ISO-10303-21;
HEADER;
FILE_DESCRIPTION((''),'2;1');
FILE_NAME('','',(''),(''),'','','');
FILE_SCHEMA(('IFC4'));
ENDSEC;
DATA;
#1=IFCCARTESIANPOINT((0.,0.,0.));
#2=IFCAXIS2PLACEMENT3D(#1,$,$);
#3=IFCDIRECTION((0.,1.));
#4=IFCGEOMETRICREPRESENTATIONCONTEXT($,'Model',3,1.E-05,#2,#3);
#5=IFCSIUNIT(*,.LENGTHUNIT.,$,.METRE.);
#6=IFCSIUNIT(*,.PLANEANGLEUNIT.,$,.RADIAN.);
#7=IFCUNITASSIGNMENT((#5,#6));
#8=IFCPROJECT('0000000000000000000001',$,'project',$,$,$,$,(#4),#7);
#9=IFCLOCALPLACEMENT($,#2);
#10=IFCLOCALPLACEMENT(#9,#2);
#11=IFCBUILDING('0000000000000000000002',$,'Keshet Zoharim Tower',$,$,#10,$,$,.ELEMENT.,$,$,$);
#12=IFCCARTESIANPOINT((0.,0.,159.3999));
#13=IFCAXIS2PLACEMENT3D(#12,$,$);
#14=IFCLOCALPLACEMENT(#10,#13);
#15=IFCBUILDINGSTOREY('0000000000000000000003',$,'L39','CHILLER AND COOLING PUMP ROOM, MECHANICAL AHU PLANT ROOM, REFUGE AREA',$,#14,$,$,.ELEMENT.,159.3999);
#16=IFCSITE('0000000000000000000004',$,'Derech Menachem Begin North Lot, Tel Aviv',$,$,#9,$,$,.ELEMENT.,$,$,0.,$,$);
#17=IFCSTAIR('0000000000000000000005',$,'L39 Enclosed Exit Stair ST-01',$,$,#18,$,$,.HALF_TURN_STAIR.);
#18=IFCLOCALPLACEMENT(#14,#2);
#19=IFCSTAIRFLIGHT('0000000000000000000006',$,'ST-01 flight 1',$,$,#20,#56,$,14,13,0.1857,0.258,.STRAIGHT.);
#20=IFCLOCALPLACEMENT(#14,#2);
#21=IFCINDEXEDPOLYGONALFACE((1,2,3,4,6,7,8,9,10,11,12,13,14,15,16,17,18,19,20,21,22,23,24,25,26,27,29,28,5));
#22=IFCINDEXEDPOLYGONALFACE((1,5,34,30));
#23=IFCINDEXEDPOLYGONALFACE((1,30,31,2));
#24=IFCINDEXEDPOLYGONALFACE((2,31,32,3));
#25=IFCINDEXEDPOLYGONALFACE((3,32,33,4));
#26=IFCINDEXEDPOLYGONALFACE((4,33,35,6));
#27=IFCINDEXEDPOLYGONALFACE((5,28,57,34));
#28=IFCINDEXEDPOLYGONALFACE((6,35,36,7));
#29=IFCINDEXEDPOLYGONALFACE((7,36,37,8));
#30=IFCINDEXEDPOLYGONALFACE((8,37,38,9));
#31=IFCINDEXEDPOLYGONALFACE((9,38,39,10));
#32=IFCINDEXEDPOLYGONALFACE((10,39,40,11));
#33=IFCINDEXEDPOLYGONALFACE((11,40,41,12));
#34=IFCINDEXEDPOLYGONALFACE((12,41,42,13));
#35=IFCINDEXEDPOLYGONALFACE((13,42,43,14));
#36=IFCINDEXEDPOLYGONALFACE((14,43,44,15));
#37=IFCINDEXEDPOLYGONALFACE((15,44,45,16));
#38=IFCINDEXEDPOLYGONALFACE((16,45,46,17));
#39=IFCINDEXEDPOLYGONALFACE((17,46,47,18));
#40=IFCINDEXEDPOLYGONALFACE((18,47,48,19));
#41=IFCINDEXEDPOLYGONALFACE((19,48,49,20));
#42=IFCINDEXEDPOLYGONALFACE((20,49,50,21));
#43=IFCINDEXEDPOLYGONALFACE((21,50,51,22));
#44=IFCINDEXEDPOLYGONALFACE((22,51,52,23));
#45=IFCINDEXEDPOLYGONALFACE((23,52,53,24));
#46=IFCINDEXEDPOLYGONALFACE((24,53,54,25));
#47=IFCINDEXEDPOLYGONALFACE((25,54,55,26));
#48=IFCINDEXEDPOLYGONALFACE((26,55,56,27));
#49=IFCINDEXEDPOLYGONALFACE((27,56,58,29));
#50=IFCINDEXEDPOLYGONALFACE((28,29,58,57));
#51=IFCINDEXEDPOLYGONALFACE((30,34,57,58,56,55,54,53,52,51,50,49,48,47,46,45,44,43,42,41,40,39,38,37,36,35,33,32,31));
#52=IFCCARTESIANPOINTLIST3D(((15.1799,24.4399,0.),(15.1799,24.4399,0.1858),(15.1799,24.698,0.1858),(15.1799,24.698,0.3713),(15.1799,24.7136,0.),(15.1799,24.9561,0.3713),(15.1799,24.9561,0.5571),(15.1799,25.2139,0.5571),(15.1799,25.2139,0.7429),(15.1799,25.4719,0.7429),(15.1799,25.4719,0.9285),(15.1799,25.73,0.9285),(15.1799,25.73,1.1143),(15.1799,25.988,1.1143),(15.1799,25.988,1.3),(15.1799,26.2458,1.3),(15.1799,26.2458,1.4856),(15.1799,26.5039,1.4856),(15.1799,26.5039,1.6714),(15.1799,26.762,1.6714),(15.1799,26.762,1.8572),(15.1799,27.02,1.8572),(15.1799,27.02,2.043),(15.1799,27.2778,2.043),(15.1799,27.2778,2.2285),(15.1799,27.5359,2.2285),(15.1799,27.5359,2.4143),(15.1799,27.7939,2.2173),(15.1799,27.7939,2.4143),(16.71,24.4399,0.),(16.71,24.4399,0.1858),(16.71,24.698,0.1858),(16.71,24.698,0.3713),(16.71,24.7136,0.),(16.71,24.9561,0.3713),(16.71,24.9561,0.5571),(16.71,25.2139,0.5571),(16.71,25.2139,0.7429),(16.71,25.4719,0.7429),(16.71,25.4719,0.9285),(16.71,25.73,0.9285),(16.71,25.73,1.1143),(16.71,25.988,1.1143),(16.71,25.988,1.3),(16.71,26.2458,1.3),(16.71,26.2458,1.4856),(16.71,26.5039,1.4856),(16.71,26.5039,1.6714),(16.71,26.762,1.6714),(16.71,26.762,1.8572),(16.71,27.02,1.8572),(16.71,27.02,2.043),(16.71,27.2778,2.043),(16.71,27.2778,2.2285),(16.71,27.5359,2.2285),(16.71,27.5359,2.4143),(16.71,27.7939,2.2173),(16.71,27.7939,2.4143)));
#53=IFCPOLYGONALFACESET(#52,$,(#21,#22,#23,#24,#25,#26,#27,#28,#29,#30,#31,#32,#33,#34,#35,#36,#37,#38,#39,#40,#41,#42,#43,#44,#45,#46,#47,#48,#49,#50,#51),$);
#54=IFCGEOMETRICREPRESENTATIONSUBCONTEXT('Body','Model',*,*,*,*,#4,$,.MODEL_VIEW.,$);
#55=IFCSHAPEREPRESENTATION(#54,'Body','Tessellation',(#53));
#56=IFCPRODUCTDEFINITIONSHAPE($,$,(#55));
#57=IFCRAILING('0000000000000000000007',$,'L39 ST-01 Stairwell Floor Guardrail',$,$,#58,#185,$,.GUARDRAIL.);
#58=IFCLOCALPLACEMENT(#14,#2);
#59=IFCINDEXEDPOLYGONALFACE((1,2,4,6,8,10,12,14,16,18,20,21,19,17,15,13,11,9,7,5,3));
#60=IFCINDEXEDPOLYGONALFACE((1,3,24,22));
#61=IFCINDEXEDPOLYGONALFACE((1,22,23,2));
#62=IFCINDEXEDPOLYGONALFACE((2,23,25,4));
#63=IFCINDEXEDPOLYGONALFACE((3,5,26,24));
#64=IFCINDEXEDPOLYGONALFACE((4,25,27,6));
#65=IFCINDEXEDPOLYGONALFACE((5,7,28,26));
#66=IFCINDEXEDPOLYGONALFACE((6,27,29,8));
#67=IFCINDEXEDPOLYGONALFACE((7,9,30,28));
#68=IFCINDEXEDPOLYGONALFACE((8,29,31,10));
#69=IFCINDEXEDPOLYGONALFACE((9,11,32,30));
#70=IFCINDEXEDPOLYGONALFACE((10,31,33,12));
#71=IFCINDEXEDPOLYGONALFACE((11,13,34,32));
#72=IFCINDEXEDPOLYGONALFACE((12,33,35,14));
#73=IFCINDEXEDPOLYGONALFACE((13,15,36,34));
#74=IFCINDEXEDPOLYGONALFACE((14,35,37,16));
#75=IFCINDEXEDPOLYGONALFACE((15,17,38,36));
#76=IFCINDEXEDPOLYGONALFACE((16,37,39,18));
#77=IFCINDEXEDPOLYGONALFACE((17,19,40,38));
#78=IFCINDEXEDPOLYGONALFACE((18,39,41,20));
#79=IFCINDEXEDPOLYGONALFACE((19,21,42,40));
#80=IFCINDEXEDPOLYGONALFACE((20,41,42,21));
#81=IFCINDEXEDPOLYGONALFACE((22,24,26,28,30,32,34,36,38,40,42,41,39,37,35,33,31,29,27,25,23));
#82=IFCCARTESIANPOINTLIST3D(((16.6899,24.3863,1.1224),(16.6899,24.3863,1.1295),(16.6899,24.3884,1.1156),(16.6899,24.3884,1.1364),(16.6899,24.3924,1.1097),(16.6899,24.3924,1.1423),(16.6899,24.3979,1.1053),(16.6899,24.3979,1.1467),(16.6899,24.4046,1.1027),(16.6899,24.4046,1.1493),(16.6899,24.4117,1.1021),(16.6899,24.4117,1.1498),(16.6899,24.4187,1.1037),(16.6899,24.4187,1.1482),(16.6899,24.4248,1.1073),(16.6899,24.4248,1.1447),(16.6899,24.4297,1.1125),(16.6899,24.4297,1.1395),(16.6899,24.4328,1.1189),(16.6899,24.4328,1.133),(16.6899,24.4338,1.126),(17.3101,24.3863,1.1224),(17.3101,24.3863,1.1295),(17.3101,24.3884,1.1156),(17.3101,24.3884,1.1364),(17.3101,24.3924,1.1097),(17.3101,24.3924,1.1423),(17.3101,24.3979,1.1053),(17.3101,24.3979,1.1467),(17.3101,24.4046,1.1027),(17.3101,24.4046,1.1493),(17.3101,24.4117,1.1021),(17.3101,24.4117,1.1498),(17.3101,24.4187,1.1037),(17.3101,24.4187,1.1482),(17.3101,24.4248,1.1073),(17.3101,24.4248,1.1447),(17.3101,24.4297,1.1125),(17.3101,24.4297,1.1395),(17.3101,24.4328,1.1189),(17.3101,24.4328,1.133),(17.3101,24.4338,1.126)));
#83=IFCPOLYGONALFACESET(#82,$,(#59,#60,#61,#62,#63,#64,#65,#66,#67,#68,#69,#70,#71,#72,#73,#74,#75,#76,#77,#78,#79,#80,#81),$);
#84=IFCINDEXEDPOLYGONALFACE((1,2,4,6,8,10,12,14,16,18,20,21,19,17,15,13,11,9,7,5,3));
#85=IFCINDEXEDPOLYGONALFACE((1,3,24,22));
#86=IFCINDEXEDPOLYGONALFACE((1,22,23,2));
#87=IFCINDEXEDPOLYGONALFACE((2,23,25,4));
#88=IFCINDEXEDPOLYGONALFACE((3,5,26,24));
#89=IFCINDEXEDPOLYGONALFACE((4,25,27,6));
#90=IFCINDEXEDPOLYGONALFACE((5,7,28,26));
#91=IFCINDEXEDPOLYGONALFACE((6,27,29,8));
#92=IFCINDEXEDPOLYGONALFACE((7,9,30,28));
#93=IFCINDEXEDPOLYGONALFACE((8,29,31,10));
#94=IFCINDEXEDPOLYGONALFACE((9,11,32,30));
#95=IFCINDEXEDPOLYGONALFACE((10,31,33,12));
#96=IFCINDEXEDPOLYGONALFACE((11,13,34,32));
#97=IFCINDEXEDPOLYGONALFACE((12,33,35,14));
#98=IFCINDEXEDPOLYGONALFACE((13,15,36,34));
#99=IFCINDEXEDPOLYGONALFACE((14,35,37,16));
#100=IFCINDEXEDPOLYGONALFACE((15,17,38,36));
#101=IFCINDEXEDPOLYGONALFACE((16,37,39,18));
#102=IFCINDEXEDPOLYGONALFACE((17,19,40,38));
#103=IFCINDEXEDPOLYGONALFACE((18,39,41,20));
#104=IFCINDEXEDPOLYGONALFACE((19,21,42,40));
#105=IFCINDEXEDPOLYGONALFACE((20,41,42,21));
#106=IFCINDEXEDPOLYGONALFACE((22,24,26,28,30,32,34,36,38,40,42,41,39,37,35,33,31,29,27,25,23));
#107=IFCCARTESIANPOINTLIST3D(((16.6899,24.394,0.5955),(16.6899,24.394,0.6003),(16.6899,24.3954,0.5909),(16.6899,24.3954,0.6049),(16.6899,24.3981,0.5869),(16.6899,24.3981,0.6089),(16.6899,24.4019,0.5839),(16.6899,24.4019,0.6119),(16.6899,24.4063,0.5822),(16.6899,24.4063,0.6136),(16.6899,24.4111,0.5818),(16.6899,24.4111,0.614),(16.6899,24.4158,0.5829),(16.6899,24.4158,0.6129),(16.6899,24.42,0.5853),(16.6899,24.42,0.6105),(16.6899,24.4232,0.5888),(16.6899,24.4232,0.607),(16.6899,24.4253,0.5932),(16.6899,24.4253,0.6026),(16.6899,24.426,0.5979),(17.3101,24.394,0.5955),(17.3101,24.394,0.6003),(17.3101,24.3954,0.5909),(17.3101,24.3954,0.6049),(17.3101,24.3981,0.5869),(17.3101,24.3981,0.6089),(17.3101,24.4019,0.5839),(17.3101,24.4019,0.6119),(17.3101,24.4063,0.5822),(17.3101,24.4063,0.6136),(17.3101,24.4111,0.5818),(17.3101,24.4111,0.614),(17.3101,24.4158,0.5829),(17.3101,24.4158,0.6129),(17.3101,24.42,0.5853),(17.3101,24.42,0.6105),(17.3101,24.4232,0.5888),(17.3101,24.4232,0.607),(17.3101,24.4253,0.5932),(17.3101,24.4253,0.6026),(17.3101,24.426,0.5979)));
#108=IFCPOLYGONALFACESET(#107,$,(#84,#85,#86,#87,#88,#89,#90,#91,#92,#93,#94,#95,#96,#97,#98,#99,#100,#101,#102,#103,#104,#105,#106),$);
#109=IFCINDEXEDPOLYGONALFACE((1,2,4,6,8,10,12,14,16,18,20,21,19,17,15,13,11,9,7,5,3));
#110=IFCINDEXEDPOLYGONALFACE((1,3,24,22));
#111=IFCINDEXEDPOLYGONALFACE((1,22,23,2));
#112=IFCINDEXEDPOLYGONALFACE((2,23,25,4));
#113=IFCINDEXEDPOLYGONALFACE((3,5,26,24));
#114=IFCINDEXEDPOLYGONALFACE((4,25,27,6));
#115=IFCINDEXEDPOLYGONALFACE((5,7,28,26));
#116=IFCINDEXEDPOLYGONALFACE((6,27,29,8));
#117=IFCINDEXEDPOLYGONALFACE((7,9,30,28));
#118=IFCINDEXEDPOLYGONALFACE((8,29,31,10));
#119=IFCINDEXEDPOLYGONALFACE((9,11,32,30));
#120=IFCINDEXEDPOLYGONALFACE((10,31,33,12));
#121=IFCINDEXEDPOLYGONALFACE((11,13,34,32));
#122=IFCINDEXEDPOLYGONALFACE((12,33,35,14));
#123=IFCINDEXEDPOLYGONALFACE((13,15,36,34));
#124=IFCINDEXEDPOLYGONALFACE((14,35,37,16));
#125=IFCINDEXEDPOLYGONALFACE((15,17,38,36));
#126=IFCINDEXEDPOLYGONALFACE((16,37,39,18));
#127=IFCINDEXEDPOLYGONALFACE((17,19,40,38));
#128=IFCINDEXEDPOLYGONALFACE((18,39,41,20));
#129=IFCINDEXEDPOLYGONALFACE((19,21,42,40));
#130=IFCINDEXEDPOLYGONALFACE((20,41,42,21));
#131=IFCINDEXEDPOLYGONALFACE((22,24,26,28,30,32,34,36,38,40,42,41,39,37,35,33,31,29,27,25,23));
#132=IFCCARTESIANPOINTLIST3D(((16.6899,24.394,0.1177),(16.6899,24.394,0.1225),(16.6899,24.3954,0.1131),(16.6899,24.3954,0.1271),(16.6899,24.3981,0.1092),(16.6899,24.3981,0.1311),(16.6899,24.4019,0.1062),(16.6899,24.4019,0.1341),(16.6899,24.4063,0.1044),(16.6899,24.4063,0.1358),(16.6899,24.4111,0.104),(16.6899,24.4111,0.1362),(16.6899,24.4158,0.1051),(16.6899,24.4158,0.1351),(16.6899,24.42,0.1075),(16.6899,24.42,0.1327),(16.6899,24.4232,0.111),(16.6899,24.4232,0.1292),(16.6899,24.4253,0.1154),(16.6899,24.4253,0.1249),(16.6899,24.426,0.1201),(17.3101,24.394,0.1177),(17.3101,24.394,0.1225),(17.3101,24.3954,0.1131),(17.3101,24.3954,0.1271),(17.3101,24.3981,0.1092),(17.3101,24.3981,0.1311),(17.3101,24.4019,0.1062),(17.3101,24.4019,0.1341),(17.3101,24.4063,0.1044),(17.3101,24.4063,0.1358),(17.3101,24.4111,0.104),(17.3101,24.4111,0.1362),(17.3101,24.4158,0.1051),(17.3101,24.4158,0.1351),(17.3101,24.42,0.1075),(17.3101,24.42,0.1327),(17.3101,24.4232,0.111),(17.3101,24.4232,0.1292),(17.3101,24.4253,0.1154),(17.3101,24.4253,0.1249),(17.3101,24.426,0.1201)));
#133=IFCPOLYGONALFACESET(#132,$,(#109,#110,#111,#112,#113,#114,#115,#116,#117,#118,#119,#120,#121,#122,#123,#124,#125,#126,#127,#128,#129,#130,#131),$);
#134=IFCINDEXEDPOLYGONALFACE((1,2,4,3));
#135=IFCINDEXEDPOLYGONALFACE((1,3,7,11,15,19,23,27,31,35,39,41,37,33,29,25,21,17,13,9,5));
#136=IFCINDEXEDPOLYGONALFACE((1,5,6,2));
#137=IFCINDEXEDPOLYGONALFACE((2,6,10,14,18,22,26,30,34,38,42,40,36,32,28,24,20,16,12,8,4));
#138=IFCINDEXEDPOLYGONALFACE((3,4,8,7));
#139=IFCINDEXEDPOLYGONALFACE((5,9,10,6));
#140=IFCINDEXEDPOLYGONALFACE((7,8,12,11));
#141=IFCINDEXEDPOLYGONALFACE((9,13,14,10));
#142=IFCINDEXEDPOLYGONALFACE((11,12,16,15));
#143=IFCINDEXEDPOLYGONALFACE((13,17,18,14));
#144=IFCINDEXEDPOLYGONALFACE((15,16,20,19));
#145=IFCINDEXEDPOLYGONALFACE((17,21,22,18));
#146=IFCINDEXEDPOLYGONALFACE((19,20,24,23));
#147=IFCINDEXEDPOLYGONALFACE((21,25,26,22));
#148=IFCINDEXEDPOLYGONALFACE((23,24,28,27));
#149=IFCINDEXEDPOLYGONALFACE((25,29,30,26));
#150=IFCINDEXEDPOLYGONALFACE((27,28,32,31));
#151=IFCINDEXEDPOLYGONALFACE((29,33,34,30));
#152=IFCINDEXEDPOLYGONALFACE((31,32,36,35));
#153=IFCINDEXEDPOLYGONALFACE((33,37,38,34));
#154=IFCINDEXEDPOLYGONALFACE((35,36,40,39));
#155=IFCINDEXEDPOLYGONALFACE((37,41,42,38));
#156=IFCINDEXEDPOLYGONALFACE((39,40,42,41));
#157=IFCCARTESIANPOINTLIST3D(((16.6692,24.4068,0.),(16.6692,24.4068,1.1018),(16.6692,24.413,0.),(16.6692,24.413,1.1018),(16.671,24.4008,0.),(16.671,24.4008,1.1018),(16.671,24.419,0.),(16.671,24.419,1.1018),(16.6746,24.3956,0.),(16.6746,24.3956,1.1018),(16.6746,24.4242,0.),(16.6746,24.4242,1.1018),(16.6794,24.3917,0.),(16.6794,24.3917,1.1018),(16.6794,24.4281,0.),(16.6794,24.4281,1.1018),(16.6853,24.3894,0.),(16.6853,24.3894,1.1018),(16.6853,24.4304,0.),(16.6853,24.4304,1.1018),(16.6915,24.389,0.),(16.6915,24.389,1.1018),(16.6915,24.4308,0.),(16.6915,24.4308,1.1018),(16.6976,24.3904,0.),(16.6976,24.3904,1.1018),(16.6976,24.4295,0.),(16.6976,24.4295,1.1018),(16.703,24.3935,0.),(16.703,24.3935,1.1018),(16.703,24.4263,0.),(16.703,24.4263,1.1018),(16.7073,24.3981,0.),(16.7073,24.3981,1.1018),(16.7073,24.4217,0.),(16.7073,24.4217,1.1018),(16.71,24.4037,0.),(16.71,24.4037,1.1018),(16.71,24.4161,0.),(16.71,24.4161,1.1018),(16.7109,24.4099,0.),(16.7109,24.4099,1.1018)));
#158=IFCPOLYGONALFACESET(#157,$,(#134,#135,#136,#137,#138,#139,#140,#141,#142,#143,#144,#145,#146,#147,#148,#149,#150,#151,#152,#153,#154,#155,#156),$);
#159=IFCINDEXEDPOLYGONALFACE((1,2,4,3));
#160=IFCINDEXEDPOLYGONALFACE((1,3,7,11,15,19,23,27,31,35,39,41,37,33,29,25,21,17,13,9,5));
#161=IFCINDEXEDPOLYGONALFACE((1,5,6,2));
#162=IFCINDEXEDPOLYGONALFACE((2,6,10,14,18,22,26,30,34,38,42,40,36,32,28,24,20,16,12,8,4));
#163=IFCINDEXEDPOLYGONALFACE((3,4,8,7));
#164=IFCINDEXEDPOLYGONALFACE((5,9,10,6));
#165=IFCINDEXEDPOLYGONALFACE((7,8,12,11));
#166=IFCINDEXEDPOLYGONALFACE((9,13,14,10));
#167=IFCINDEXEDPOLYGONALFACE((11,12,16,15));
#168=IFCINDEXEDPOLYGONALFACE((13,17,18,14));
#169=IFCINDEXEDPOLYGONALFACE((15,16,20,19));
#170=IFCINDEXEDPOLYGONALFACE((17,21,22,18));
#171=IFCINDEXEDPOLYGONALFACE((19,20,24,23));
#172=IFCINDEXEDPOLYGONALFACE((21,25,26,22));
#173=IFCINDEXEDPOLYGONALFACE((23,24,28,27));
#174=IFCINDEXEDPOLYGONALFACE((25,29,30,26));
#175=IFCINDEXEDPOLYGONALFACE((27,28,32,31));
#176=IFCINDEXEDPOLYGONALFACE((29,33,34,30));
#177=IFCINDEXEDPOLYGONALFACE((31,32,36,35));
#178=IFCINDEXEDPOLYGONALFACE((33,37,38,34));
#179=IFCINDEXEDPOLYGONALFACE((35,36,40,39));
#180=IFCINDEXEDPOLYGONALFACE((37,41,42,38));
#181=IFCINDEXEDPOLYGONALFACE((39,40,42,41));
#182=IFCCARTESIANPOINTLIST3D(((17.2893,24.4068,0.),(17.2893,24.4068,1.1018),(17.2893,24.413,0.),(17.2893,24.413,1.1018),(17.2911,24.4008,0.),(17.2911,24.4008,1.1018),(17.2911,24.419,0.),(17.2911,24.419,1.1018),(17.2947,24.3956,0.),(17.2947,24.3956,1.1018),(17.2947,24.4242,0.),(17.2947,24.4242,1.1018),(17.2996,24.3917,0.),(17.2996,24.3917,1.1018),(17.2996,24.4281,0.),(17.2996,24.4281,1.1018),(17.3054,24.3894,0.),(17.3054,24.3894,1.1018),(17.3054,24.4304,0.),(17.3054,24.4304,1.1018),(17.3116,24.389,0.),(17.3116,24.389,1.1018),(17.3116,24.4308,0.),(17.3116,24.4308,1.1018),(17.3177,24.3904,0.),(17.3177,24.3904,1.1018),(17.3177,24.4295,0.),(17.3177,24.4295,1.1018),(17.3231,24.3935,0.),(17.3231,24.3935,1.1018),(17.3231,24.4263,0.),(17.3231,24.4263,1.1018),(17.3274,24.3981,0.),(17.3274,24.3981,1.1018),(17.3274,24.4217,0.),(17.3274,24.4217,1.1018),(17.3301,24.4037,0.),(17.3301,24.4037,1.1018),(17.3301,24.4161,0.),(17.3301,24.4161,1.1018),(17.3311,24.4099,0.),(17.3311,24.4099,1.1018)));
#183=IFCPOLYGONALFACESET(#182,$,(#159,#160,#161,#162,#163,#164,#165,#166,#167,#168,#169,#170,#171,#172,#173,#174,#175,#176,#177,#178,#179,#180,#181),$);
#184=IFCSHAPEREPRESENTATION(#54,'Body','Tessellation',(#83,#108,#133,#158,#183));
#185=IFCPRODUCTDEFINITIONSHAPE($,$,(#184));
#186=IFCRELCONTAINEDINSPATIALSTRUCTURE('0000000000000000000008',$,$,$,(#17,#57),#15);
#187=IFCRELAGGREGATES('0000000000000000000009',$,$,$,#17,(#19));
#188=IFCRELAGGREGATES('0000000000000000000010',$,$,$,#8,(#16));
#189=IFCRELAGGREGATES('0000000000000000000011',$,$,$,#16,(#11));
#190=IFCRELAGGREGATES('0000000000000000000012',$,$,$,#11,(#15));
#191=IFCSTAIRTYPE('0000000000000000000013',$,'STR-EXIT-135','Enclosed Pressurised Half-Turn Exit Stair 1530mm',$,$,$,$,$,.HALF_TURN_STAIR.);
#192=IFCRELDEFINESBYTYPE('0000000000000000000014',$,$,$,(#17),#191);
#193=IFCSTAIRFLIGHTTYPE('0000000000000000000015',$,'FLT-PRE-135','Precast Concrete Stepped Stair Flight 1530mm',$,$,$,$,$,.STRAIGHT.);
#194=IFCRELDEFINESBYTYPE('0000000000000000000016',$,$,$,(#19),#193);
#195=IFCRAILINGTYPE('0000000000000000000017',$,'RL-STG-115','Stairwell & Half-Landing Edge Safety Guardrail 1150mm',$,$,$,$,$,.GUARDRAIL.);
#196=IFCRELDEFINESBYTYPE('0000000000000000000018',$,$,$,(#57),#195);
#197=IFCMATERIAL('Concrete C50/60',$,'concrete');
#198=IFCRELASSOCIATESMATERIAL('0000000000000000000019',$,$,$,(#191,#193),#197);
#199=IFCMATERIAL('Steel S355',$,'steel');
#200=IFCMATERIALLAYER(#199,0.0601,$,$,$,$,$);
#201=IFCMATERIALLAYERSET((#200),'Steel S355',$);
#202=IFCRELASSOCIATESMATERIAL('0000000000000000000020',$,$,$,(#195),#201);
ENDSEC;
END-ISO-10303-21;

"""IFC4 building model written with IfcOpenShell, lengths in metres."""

from ifc_helpers import new_model, si_unit, direction, frame, origin, origin_2d, place, context, subcontext, project, spatial, polyline, circle, outline, extrude, material, layer, layer_set, type_object, element, aggregate, save


model = new_model("IFC4")

# Units and contexts
model_context = context("Model", 3, precision=1e-05, world=origin(), true_north=direction((0.0, 1.0)))
body_context = subcontext(model_context, "Body", "Model", "MODEL_VIEW")
ifc_project = project(units=[si_unit("LENGTHUNIT", "METRE"), si_unit("PLANEANGLEUNIT", "RADIAN")], contexts=[model_context])

# Site, building, storey
site_placement = place(None, origin())
site = spatial("IfcSite", under=ifc_project, at=site_placement, Name="Derech Menachem Begin North Lot, Tel Aviv", CompositionType="ELEMENT", RefElevation=0.0)
building_placement = place(site_placement, origin())
building = spatial("IfcBuilding", under=site, at=building_placement, Name="Keshet Zoharim Tower", CompositionType="ELEMENT")
storey_placement = place(building_placement, frame((0.0, 0.0, 159.3999)))
storey = spatial("IfcBuildingStorey", under=building, at=storey_placement, Name="L39", Description="CHILLER AND COOLING PUMP ROOM, MECHANICAL AHU PLANT ROOM, REFUGE AREA", CompositionType="ELEMENT", Elevation=159.3999)

# Shared definitions
ifc_material_1 = material(Name="Steel S355", Category="steel")

# Stair, stair flight
ifc_material_2 = material(Name="Concrete C50/60", Category="concrete")
stair_type = type_object("IfcStairType", Name="STR-EXIT-135", Description="Enclosed Pressurised Half-Turn Exit Stair 1530mm", PredefinedType="HALF_TURN_STAIR", material=ifc_material_2)
stair_placement = place(storey_placement, origin())
stair = element("IfcStair", 1, at=stair_placement, inside=storey, type_object=stair_type, Name="L39 Enclosed Exit Stair ST-01", PredefinedType="HALF_TURN_STAIR")
stair_flight_type = type_object("IfcStairFlightType", Name="FLT-PRE-135", Description="Precast Concrete Stepped Stair Flight 1530mm", PredefinedType="STRAIGHT", material=ifc_material_2)
stair_flight_placement = place(storey_placement, frame((15.9451, 24.4399, 0.0), z_axis=(0.0, 0.0, 1.0), x_axis=(0.0, 1.0, 0.0)))
stair_flight = element("IfcStairFlight", 2, at=stair_flight_placement, type_object=stair_flight_type, Name="ST-01 flight 1", NumberOfRisers=14, NumberOfTreads=13, PredefinedType="STRAIGHT", RiserHeight=0.1857, TreadLength=0.258, context=body_context, shape_type="SweptSolid", body=[
    extrude(outline(polyline([(0.0, 0.0), (0.0, 0.1858), (0.2581, 0.1858), (0.2581, 0.3713), (0.5161, 0.3713), (0.5161, 0.5571), (0.7739, 0.5571), (0.7739, 0.7429), (1.032, 0.7429), (1.032, 0.9285), (1.29, 0.9285), (1.29, 1.1143), (1.5481, 1.1143), (1.5481, 1.3), (1.8059, 1.3), (1.8059, 1.4856), (2.064, 1.4856), (2.064, 1.6714), (2.322, 1.6714), (2.322, 1.8572), (2.5801, 1.8572), (2.5801, 2.043), (2.8379, 2.043), (2.8379, 2.2285), (3.0959, 2.2285), (3.0959, 2.4143), (3.354, 2.4143), (3.354, 2.6001), (3.354, 2.2173), (0.2737, 0.0), (0.0, 0.0)])), frame((0.0, 0.7651, 0.0), z_axis=(0.0, -1.0, 0.0), x_axis=(1.0, 0.0, 0.0)), (0.0, 0.0, 1.0), 1.53),
])
aggregate(stair, [stair_flight])

# Railing
ifc_layer_1 = layer(ifc_material_1, 0.0601)
ifc_layer_set_1 = layer_set([ifc_layer_1], Name="Steel S355")
railing_type_1 = type_object("IfcRailingType", Name="RL-STG-115", Description="Stairwell & Half-Landing Edge Safety Guardrail 1150mm", PredefinedType="GUARDRAIL", material=ifc_layer_set_1)
railing_1_placement = place(storey_placement, frame((16.6899, 24.4099, 0.0)))
element("IfcRailing", 3, at=railing_1_placement, inside=storey, type_object=railing_type_1, Name="L39 ST-01 Stairwell Floor Guardrail", PredefinedType="GUARDRAIL", context=body_context, shape_type="SweptSolid", body=[
    extrude(circle(Radius=0.0239, at=origin_2d()), frame((0.0, 0.0, 1.126), z_axis=(1.0, 0.0, 0.0), x_axis=(0.0, 1.0, 0.0)), (0.0, 0.0, 1.0), 0.6201),
    extrude(circle(Radius=0.0161, at=origin_2d()), frame((0.0, 0.0, 0.5979), z_axis=(1.0, 0.0, 0.0), x_axis=(0.0, 1.0, 0.0)), (0.0, 0.0, 1.0), 0.6201),
    extrude(circle(Radius=0.0161, at=origin_2d()), frame((0.0, 0.0, 0.1201), z_axis=(1.0, 0.0, 0.0), x_axis=(0.0, 1.0, 0.0)), (0.0, 0.0, 1.0), 0.6201),
    extrude(circle(Radius=0.021, at=origin_2d()), origin(), (0.0, 0.0, 1.0), 1.1018),
    extrude(circle(Radius=0.021, at=origin_2d()), frame((0.6201, 0.0, 0.0)), (0.0, 0.0, 1.0), 1.1018),
])

save(model, "model.ifc")
